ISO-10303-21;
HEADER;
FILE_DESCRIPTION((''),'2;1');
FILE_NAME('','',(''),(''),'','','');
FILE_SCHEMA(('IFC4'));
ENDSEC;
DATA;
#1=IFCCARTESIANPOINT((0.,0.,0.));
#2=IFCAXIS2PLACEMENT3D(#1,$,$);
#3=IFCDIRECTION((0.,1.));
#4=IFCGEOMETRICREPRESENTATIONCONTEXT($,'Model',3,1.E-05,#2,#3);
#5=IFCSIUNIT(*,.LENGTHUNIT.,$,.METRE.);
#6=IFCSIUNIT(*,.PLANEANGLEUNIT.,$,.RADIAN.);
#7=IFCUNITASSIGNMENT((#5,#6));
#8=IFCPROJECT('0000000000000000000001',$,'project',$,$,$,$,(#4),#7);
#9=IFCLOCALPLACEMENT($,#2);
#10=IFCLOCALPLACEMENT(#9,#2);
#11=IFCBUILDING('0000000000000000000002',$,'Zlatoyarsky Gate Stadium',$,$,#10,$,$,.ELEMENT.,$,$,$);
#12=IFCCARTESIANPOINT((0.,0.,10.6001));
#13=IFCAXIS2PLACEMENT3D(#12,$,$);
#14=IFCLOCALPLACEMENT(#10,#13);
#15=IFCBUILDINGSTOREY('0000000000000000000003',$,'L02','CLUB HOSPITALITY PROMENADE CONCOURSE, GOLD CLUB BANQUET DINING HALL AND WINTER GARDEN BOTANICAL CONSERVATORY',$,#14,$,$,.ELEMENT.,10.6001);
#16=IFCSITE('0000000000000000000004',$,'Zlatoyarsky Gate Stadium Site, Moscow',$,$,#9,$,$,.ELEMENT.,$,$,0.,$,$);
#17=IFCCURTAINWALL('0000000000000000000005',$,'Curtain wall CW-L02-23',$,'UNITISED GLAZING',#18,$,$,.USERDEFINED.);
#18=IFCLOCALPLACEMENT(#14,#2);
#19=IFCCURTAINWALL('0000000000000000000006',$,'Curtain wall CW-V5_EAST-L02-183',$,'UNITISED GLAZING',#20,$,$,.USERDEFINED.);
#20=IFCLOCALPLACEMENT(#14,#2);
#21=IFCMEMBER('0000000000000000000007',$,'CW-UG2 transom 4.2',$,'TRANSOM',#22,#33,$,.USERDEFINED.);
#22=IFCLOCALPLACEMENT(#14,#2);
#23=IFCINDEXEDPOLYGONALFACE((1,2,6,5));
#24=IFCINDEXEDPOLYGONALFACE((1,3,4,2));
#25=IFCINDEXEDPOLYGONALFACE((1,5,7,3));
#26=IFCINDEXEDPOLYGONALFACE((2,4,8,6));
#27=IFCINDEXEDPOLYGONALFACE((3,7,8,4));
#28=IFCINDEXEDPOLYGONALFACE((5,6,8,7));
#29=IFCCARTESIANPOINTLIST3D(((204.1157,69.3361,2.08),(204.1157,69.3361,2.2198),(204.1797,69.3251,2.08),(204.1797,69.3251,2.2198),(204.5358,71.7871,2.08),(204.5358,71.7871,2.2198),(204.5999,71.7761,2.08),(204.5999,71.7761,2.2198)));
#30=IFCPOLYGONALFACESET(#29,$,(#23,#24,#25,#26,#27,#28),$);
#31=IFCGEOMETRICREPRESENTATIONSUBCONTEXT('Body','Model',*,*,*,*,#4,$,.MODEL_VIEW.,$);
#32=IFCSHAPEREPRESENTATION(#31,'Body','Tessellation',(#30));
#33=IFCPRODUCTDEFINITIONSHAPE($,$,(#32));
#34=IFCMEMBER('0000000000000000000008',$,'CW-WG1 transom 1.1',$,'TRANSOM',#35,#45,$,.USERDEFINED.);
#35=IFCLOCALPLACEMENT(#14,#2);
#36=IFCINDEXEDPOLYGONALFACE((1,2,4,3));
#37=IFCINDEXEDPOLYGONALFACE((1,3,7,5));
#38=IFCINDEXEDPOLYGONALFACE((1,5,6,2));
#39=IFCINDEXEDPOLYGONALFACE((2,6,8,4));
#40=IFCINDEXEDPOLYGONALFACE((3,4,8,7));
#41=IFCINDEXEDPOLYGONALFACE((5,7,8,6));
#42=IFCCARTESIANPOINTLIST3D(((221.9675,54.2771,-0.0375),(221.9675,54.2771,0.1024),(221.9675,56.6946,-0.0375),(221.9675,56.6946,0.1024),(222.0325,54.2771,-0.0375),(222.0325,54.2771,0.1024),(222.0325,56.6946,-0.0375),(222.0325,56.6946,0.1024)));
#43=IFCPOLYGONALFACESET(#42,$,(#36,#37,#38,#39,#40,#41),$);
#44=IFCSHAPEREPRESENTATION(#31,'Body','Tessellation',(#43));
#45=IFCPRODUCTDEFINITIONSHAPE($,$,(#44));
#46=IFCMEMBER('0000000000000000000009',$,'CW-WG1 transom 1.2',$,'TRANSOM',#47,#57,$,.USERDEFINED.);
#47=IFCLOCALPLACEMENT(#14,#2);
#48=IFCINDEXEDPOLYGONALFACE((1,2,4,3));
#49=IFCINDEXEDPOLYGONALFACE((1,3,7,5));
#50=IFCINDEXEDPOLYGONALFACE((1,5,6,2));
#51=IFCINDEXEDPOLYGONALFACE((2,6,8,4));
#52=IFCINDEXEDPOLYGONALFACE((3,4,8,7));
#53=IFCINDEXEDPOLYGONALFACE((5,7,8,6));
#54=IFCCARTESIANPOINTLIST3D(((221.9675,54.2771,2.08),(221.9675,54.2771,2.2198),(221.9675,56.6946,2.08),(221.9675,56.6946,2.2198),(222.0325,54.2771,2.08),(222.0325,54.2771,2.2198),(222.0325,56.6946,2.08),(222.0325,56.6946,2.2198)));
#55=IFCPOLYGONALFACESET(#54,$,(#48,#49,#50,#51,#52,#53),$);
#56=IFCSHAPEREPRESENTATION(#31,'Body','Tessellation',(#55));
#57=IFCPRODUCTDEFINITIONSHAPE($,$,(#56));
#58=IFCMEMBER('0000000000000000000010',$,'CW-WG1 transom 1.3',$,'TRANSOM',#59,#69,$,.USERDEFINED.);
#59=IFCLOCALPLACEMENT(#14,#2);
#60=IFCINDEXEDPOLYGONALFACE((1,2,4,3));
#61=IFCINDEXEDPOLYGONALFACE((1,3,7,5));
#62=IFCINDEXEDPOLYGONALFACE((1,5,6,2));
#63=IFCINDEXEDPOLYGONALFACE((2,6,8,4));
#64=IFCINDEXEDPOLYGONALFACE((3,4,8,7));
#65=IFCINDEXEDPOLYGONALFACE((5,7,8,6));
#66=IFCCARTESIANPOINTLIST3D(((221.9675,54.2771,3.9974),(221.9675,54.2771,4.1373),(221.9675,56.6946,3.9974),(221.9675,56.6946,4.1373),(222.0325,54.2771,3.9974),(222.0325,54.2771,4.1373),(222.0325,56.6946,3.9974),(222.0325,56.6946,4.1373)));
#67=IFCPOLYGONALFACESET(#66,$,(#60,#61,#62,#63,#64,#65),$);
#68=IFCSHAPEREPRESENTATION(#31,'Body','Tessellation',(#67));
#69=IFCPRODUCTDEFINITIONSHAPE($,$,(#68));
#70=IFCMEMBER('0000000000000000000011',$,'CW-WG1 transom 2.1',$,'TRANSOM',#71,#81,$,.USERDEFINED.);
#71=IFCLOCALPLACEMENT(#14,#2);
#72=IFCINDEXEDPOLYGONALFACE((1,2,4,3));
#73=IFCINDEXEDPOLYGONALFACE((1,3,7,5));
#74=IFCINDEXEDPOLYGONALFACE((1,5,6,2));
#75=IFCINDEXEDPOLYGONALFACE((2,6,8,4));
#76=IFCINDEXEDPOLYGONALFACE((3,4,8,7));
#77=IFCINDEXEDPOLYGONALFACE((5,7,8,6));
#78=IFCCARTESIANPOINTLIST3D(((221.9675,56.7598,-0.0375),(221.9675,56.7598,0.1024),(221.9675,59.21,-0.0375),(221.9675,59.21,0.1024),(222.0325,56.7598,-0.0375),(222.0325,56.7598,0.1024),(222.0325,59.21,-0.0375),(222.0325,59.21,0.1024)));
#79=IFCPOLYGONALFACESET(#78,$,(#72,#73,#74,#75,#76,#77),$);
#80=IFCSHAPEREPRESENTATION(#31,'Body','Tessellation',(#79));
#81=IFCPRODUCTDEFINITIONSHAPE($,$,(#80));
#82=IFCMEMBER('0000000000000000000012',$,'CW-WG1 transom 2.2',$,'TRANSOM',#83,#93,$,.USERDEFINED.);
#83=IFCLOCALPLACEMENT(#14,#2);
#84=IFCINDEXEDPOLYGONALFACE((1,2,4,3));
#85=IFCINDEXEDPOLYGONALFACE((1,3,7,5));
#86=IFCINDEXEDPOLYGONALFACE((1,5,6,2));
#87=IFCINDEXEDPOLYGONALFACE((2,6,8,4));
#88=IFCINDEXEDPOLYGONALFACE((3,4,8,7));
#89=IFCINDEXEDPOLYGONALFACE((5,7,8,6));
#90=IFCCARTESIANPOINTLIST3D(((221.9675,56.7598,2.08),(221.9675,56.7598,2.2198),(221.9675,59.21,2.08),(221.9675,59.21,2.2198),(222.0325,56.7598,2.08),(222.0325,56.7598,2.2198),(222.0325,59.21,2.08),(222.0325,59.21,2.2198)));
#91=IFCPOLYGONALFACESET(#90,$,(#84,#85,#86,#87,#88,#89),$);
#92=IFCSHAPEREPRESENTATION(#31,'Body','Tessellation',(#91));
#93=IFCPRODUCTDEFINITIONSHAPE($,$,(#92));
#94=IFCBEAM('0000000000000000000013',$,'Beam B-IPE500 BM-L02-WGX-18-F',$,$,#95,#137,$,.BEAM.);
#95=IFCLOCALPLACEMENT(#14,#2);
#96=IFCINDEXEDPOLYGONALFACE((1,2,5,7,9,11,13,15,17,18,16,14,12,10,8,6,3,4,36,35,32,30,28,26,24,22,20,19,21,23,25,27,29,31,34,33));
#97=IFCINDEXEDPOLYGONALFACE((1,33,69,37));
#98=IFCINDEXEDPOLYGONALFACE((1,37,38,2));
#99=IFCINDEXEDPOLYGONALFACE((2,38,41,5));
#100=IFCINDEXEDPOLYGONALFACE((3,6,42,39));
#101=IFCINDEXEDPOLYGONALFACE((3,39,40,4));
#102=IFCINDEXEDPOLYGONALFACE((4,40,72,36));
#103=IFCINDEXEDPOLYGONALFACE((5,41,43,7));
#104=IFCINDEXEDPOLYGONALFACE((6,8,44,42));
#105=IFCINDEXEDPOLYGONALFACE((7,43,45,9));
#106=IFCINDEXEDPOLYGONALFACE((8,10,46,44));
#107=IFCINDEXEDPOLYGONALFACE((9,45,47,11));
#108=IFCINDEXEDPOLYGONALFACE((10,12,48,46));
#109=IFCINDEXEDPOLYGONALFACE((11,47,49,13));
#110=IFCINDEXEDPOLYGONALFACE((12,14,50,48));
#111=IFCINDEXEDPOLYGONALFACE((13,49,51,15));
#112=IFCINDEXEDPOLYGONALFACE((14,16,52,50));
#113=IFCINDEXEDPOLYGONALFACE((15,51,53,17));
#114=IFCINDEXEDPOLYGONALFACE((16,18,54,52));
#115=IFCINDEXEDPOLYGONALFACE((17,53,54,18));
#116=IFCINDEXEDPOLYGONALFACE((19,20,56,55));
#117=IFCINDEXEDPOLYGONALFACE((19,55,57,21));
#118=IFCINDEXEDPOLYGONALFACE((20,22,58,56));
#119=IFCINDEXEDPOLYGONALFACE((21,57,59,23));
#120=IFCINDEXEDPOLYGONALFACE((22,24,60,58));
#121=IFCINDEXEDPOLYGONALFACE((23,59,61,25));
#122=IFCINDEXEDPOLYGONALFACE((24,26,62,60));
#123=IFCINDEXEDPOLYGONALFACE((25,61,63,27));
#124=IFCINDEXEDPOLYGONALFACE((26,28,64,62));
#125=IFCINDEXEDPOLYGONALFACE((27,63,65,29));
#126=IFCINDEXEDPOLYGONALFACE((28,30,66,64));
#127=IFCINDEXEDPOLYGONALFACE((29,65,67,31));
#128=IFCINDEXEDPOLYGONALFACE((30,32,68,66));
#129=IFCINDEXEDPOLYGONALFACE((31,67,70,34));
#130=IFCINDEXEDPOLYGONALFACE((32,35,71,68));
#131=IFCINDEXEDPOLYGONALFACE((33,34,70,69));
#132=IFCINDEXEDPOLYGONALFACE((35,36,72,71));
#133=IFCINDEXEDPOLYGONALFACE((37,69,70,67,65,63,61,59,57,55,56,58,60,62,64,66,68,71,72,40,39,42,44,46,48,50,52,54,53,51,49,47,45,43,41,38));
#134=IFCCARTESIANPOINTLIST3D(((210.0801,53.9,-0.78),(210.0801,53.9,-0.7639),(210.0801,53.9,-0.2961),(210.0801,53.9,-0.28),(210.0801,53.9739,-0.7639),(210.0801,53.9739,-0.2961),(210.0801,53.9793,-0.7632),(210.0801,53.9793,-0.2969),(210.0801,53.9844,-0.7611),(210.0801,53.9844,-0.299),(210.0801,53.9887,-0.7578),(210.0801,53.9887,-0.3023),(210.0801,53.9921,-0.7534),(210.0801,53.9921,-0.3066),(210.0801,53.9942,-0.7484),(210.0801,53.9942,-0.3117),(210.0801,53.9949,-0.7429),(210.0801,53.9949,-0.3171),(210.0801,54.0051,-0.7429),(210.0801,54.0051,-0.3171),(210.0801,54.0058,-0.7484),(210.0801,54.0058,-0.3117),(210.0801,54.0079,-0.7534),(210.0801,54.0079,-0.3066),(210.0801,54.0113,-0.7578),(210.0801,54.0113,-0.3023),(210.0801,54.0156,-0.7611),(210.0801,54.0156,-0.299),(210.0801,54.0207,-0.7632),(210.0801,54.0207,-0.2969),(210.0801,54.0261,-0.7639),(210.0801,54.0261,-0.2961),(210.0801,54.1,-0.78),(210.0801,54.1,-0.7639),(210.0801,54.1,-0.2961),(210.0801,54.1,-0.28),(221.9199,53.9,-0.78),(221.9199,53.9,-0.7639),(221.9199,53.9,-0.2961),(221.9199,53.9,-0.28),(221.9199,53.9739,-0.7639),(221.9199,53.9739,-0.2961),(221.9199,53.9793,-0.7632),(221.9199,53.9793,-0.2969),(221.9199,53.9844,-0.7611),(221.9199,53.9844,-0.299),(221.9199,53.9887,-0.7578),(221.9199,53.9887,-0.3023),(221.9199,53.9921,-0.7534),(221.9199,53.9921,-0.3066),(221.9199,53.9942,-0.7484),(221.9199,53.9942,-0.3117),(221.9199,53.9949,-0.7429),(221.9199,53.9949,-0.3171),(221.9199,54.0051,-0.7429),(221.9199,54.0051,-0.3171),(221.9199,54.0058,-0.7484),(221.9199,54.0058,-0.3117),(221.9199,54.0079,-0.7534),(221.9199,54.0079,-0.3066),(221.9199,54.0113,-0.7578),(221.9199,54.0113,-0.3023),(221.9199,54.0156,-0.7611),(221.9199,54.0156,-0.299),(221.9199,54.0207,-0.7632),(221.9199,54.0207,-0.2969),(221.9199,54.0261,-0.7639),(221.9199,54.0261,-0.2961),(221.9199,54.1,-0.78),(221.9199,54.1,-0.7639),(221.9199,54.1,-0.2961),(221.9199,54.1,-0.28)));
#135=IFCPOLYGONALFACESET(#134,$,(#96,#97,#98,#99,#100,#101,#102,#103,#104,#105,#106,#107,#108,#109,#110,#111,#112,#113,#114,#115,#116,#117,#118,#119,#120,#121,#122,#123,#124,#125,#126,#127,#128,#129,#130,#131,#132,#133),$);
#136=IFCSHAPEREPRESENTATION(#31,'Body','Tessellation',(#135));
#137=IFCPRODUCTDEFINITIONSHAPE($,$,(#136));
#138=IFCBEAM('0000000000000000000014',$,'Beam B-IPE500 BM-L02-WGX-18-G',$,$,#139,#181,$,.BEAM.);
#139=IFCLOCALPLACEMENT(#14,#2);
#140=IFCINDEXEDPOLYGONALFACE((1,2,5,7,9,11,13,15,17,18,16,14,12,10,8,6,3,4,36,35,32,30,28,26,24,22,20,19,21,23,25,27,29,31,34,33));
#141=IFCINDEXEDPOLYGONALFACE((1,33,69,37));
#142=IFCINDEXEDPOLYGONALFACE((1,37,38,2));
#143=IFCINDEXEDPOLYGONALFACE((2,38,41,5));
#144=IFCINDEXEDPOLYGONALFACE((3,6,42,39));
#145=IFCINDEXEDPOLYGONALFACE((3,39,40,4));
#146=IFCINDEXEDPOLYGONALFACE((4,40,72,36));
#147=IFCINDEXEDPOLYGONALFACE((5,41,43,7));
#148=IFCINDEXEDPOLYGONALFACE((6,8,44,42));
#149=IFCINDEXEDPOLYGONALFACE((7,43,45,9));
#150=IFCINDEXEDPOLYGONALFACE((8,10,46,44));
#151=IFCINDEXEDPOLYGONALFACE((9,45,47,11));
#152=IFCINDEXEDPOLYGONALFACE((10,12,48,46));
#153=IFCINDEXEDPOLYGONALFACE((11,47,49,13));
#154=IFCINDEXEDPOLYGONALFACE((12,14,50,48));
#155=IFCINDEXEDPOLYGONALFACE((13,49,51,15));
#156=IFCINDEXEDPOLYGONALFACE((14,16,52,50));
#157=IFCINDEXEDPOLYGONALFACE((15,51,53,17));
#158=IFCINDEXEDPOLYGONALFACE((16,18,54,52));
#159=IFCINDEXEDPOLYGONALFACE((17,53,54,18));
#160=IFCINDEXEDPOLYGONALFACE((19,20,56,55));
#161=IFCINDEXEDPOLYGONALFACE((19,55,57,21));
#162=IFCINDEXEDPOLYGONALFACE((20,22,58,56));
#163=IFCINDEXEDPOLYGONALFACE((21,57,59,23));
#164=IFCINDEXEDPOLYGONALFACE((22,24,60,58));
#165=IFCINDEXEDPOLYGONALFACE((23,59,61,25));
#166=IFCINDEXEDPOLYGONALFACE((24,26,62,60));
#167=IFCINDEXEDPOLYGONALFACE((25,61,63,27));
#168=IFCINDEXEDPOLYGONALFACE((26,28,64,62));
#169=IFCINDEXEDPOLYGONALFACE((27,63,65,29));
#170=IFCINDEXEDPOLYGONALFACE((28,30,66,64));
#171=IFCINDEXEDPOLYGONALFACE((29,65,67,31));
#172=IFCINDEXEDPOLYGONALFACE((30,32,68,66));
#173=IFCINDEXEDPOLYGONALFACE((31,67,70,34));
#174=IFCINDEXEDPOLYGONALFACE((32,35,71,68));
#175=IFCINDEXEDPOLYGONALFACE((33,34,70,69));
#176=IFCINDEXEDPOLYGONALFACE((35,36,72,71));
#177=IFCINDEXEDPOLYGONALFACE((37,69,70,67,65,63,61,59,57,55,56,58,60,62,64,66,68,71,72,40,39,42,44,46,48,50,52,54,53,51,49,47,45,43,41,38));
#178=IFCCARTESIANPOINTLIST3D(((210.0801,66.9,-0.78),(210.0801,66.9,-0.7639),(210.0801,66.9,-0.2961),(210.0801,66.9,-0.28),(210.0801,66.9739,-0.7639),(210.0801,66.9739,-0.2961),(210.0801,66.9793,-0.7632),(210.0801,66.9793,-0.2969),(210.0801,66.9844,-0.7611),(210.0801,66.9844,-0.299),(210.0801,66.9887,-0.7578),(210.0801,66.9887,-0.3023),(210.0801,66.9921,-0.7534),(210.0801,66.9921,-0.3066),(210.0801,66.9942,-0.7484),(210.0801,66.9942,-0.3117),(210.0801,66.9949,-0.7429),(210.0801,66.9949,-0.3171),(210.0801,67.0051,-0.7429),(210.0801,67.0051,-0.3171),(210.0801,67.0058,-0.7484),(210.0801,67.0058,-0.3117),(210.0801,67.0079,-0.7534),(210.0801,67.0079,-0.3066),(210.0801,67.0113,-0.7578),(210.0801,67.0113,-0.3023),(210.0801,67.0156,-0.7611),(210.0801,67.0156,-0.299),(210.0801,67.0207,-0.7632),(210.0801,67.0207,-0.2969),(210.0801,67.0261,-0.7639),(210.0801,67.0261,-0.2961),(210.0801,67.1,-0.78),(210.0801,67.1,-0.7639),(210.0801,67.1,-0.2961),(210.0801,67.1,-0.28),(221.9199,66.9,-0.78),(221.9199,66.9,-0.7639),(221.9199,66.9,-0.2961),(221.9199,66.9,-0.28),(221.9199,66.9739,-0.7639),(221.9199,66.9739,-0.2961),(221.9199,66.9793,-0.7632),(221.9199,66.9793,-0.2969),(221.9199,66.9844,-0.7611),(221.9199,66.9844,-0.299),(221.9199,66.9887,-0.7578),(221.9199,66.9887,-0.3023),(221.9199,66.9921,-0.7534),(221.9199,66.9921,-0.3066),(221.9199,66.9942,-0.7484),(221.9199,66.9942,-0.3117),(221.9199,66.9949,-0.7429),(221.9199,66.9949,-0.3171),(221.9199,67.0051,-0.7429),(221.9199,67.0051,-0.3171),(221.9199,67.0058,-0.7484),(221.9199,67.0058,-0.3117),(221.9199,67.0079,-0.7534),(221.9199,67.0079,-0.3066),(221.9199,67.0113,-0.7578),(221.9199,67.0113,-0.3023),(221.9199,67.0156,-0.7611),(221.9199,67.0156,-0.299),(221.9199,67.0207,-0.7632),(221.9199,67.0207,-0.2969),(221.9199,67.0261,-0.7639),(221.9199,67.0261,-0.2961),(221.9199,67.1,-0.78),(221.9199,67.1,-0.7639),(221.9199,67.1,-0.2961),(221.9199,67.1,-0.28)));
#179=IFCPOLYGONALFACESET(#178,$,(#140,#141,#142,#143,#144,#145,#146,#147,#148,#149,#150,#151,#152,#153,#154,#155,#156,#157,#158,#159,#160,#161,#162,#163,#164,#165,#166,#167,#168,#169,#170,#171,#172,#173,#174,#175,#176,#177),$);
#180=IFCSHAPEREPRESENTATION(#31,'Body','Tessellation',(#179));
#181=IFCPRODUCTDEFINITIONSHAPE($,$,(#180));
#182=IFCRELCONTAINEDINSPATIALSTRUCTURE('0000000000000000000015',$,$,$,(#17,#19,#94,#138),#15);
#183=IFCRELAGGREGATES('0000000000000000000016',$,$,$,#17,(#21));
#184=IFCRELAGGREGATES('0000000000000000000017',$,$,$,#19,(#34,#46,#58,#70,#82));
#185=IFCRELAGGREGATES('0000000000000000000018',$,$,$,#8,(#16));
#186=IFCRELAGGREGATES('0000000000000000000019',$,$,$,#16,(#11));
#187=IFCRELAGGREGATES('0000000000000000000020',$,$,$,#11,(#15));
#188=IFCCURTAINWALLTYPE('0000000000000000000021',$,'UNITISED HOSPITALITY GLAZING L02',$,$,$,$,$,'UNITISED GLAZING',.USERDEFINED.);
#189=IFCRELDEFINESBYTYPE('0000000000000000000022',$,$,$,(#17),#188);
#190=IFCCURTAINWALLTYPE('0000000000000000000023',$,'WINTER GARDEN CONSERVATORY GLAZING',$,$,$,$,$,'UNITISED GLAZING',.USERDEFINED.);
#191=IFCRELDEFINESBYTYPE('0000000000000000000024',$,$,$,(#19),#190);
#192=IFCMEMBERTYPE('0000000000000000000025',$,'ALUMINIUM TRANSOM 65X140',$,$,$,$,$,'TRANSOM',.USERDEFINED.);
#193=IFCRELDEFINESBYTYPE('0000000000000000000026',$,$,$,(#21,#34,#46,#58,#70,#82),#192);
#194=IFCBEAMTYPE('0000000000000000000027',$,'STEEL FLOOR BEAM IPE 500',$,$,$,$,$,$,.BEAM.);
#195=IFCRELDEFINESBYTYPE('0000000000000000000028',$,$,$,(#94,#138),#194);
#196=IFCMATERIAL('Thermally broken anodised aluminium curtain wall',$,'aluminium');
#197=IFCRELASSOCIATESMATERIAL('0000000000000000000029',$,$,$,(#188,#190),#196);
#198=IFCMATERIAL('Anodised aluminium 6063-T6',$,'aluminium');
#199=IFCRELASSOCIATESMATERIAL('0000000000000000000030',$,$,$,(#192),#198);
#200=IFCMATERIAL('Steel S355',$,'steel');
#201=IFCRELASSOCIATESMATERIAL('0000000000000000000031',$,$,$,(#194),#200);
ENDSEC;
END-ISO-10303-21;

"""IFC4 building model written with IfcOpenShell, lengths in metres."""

from ifc_helpers import new_model, si_unit, direction, frame, origin, origin_2d, place, context, subcontext, project, spatial, rectangle, i_section, extrude, material, material_profile, profile_set, type_object, element, aggregate, save


model = new_model("IFC4")

# Units and contexts
model_context = context("Model", 3, precision=1e-05, world=origin(), true_north=direction((0.0, 1.0)))
body_context = subcontext(model_context, "Body", "Model", "MODEL_VIEW")
ifc_project = project(units=[si_unit("LENGTHUNIT", "METRE"), si_unit("PLANEANGLEUNIT", "RADIAN")], contexts=[model_context])

# Site, building, storey
site_placement = place(None, origin())
site = spatial("IfcSite", under=ifc_project, at=site_placement, Name="Zlatoyarsky Gate Stadium Site, Moscow", CompositionType="ELEMENT", RefElevation=0.0)
building_placement = place(site_placement, origin())
building = spatial("IfcBuilding", under=site, at=building_placement, Name="Zlatoyarsky Gate Stadium", CompositionType="ELEMENT")
storey_placement = place(building_placement, frame((0.0, 0.0, 10.6001)))
storey = spatial("IfcBuildingStorey", under=building, at=storey_placement, Name="L02", Description="CLUB HOSPITALITY PROMENADE CONCOURSE, GOLD CLUB BANQUET DINING HALL AND WINTER GARDEN BOTANICAL CONSERVATORY", CompositionType="ELEMENT", Elevation=10.6001)

# Shared definitions
ifc_material_1 = material(Name="Steel S355", Category="steel")

# Curtain wall
ifc_material_2 = material(Name="Thermally broken anodised aluminium curtain wall", Category="aluminium")
curtain_wall_type_1 = type_object("IfcCurtainWallType", Name="UNITISED HOSPITALITY GLAZING L02", ElementType="UNITISED GLAZING", PredefinedType="USERDEFINED", material=ifc_material_2)
curtain_wall_1_placement = place(storey_placement, origin())
curtain_wall_1 = element("IfcCurtainWall", 1, at=curtain_wall_1_placement, inside=storey, type_object=curtain_wall_type_1, Name="Curtain wall CW-L02-23", ObjectType="UNITISED GLAZING", PredefinedType="USERDEFINED")
ifc_material_3 = material(Name="Anodised aluminium 6063-T6", Category="aluminium")

# Curtain wall
curtain_wall_type_2 = type_object("IfcCurtainWallType", Name="WINTER GARDEN CONSERVATORY GLAZING", ElementType="UNITISED GLAZING", PredefinedType="USERDEFINED", material=ifc_material_2)
curtain_wall_2_placement = place(storey_placement, origin())
curtain_wall_2 = element("IfcCurtainWall", 2, at=curtain_wall_2_placement, inside=storey, type_object=curtain_wall_type_2, Name="Curtain wall CW-V5_EAST-L02-183", ObjectType="UNITISED GLAZING", PredefinedType="USERDEFINED")

# Members
ifc_material_profile_1 = material_profile(ifc_material_3, rectangle(XDim=0.0649, YDim=0.1399, at=origin_2d()), Name="ALU 65X140")
ifc_profile_set_1 = profile_set([ifc_material_profile_1], Name="Anodised aluminium 6063-T6")
member_type_1 = type_object("IfcMemberType", Name="ALUMINIUM TRANSOM 65X140", ElementType="TRANSOM", PredefinedType="USERDEFINED", material=ifc_profile_set_1)
member_1_placement = place(storey_placement, frame((204.1477, 69.3306, 2.1499), z_axis=(0.16895, 0.985625, 0.0), x_axis=(-0.985625, 0.16895, 0.0)))
member_1 = element("IfcMember", 3, at=member_1_placement, type_object=member_type_1, Name="CW-UG2 transom 4.2", ObjectType="TRANSOM", PredefinedType="USERDEFINED", context=body_context, shape_type="SweptSolid", body=[
    extrude(rectangle(XDim=0.0649, YDim=0.1399, at=origin_2d()), origin(), (0.0, 0.0, 1.0), 2.4868),
])
aggregate(curtain_wall_1, [member_1])
member_2_placement = place(storey_placement, frame((222.0, 54.2771, 0.0325), z_axis=(0.0, 1.0, 0.0), x_axis=(-1.0, 0.0, 0.0)))
member_2 = element("IfcMember", 4, at=member_2_placement, type_object=member_type_1, Name="CW-WG1 transom 1.1", ObjectType="TRANSOM", PredefinedType="USERDEFINED", context=body_context, shape_type="SweptSolid", body=[
    extrude(rectangle(XDim=0.0649, YDim=0.1399, at=origin_2d()), origin(), (0.0, 0.0, 1.0), 2.4175),
])
member_3_placement = place(storey_placement, frame((222.0, 54.2771, 2.1499), z_axis=(0.0, 1.0, 0.0), x_axis=(-1.0, 0.0, 0.0)))
member_3 = element("IfcMember", 5, at=member_3_placement, type_object=member_type_1, Name="CW-WG1 transom 1.2", ObjectType="TRANSOM", PredefinedType="USERDEFINED", context=body_context, shape_type="SweptSolid", body=[
    extrude(rectangle(XDim=0.0649, YDim=0.1399, at=origin_2d()), origin(), (0.0, 0.0, 1.0), 2.4175),
])
member_4_placement = place(storey_placement, frame((222.0, 54.2771, 4.0674), z_axis=(0.0, 1.0, 0.0), x_axis=(-1.0, 0.0, 0.0)))
member_4 = element("IfcMember", 6, at=member_4_placement, type_object=member_type_1, Name="CW-WG1 transom 1.3", ObjectType="TRANSOM", PredefinedType="USERDEFINED", context=body_context, shape_type="SweptSolid", body=[
    extrude(rectangle(XDim=0.0649, YDim=0.1399, at=origin_2d()), origin(), (0.0, 0.0, 1.0), 2.4175),
])
member_5_placement = place(storey_placement, frame((222.0, 56.7598, 0.0325), z_axis=(0.0, 1.0, 0.0), x_axis=(-1.0, 0.0, 0.0)))
member_5 = element("IfcMember", 7, at=member_5_placement, type_object=member_type_1, Name="CW-WG1 transom 2.1", ObjectType="TRANSOM", PredefinedType="USERDEFINED", context=body_context, shape_type="SweptSolid", body=[
    extrude(rectangle(XDim=0.0649, YDim=0.1399, at=origin_2d()), origin(), (0.0, 0.0, 1.0), 2.4502),
])
member_6_placement = place(storey_placement, frame((222.0, 56.7598, 2.1499), z_axis=(0.0, 1.0, 0.0), x_axis=(-1.0, 0.0, 0.0)))
member_6 = element("IfcMember", 8, at=member_6_placement, type_object=member_type_1, Name="CW-WG1 transom 2.2", ObjectType="TRANSOM", PredefinedType="USERDEFINED", context=body_context, shape_type="SweptSolid", body=[
    extrude(rectangle(XDim=0.0649, YDim=0.1399, at=origin_2d()), origin(), (0.0, 0.0, 1.0), 2.4502),
])

# Beams
ifc_material_profile_2 = material_profile(ifc_material_1, i_section(OverallWidth=0.2, OverallDepth=0.5, WebThickness=0.0103, FlangeThickness=0.0161, FilletRadius=0.021, at=origin_2d()), Name="IPE 500")
ifc_profile_set_2 = profile_set([ifc_material_profile_2], Name="Steel S355")
beam_type_1 = type_object("IfcBeamType", Name="STEEL FLOOR BEAM IPE 500", PredefinedType="BEAM", material=ifc_profile_set_2)
for number, where, z_axis, x_axis, name in (
    (9, (210.0801, 54.0, -0.53), (1.0, 0.0, 0.0), (0.0, 1.0, 0.0), "Beam B-IPE500 BM-L02-WGX-18-F"),
    (10, (210.0801, 67.0, -0.53), (1.0, 0.0, 0.0), (0.0, 1.0, 0.0), "Beam B-IPE500 BM-L02-WGX-18-G"),
):
    element("IfcBeam", number, at=place(storey_placement, frame(where, z_axis=z_axis, x_axis=x_axis)), inside=storey, type_object=beam_type_1, Name=name, PredefinedType="BEAM", context=body_context, shape_type="SweptSolid", body=[
        extrude(i_section(OverallWidth=0.2, OverallDepth=0.5, WebThickness=0.0103, FlangeThickness=0.0161, FilletRadius=0.021, at=origin_2d()), origin(), (0.0, 0.0, 1.0), 11.8398),
    ])

aggregate(curtain_wall_2, [member_2, member_3, member_4, member_5, member_6])

save(model, "model.ifc")
